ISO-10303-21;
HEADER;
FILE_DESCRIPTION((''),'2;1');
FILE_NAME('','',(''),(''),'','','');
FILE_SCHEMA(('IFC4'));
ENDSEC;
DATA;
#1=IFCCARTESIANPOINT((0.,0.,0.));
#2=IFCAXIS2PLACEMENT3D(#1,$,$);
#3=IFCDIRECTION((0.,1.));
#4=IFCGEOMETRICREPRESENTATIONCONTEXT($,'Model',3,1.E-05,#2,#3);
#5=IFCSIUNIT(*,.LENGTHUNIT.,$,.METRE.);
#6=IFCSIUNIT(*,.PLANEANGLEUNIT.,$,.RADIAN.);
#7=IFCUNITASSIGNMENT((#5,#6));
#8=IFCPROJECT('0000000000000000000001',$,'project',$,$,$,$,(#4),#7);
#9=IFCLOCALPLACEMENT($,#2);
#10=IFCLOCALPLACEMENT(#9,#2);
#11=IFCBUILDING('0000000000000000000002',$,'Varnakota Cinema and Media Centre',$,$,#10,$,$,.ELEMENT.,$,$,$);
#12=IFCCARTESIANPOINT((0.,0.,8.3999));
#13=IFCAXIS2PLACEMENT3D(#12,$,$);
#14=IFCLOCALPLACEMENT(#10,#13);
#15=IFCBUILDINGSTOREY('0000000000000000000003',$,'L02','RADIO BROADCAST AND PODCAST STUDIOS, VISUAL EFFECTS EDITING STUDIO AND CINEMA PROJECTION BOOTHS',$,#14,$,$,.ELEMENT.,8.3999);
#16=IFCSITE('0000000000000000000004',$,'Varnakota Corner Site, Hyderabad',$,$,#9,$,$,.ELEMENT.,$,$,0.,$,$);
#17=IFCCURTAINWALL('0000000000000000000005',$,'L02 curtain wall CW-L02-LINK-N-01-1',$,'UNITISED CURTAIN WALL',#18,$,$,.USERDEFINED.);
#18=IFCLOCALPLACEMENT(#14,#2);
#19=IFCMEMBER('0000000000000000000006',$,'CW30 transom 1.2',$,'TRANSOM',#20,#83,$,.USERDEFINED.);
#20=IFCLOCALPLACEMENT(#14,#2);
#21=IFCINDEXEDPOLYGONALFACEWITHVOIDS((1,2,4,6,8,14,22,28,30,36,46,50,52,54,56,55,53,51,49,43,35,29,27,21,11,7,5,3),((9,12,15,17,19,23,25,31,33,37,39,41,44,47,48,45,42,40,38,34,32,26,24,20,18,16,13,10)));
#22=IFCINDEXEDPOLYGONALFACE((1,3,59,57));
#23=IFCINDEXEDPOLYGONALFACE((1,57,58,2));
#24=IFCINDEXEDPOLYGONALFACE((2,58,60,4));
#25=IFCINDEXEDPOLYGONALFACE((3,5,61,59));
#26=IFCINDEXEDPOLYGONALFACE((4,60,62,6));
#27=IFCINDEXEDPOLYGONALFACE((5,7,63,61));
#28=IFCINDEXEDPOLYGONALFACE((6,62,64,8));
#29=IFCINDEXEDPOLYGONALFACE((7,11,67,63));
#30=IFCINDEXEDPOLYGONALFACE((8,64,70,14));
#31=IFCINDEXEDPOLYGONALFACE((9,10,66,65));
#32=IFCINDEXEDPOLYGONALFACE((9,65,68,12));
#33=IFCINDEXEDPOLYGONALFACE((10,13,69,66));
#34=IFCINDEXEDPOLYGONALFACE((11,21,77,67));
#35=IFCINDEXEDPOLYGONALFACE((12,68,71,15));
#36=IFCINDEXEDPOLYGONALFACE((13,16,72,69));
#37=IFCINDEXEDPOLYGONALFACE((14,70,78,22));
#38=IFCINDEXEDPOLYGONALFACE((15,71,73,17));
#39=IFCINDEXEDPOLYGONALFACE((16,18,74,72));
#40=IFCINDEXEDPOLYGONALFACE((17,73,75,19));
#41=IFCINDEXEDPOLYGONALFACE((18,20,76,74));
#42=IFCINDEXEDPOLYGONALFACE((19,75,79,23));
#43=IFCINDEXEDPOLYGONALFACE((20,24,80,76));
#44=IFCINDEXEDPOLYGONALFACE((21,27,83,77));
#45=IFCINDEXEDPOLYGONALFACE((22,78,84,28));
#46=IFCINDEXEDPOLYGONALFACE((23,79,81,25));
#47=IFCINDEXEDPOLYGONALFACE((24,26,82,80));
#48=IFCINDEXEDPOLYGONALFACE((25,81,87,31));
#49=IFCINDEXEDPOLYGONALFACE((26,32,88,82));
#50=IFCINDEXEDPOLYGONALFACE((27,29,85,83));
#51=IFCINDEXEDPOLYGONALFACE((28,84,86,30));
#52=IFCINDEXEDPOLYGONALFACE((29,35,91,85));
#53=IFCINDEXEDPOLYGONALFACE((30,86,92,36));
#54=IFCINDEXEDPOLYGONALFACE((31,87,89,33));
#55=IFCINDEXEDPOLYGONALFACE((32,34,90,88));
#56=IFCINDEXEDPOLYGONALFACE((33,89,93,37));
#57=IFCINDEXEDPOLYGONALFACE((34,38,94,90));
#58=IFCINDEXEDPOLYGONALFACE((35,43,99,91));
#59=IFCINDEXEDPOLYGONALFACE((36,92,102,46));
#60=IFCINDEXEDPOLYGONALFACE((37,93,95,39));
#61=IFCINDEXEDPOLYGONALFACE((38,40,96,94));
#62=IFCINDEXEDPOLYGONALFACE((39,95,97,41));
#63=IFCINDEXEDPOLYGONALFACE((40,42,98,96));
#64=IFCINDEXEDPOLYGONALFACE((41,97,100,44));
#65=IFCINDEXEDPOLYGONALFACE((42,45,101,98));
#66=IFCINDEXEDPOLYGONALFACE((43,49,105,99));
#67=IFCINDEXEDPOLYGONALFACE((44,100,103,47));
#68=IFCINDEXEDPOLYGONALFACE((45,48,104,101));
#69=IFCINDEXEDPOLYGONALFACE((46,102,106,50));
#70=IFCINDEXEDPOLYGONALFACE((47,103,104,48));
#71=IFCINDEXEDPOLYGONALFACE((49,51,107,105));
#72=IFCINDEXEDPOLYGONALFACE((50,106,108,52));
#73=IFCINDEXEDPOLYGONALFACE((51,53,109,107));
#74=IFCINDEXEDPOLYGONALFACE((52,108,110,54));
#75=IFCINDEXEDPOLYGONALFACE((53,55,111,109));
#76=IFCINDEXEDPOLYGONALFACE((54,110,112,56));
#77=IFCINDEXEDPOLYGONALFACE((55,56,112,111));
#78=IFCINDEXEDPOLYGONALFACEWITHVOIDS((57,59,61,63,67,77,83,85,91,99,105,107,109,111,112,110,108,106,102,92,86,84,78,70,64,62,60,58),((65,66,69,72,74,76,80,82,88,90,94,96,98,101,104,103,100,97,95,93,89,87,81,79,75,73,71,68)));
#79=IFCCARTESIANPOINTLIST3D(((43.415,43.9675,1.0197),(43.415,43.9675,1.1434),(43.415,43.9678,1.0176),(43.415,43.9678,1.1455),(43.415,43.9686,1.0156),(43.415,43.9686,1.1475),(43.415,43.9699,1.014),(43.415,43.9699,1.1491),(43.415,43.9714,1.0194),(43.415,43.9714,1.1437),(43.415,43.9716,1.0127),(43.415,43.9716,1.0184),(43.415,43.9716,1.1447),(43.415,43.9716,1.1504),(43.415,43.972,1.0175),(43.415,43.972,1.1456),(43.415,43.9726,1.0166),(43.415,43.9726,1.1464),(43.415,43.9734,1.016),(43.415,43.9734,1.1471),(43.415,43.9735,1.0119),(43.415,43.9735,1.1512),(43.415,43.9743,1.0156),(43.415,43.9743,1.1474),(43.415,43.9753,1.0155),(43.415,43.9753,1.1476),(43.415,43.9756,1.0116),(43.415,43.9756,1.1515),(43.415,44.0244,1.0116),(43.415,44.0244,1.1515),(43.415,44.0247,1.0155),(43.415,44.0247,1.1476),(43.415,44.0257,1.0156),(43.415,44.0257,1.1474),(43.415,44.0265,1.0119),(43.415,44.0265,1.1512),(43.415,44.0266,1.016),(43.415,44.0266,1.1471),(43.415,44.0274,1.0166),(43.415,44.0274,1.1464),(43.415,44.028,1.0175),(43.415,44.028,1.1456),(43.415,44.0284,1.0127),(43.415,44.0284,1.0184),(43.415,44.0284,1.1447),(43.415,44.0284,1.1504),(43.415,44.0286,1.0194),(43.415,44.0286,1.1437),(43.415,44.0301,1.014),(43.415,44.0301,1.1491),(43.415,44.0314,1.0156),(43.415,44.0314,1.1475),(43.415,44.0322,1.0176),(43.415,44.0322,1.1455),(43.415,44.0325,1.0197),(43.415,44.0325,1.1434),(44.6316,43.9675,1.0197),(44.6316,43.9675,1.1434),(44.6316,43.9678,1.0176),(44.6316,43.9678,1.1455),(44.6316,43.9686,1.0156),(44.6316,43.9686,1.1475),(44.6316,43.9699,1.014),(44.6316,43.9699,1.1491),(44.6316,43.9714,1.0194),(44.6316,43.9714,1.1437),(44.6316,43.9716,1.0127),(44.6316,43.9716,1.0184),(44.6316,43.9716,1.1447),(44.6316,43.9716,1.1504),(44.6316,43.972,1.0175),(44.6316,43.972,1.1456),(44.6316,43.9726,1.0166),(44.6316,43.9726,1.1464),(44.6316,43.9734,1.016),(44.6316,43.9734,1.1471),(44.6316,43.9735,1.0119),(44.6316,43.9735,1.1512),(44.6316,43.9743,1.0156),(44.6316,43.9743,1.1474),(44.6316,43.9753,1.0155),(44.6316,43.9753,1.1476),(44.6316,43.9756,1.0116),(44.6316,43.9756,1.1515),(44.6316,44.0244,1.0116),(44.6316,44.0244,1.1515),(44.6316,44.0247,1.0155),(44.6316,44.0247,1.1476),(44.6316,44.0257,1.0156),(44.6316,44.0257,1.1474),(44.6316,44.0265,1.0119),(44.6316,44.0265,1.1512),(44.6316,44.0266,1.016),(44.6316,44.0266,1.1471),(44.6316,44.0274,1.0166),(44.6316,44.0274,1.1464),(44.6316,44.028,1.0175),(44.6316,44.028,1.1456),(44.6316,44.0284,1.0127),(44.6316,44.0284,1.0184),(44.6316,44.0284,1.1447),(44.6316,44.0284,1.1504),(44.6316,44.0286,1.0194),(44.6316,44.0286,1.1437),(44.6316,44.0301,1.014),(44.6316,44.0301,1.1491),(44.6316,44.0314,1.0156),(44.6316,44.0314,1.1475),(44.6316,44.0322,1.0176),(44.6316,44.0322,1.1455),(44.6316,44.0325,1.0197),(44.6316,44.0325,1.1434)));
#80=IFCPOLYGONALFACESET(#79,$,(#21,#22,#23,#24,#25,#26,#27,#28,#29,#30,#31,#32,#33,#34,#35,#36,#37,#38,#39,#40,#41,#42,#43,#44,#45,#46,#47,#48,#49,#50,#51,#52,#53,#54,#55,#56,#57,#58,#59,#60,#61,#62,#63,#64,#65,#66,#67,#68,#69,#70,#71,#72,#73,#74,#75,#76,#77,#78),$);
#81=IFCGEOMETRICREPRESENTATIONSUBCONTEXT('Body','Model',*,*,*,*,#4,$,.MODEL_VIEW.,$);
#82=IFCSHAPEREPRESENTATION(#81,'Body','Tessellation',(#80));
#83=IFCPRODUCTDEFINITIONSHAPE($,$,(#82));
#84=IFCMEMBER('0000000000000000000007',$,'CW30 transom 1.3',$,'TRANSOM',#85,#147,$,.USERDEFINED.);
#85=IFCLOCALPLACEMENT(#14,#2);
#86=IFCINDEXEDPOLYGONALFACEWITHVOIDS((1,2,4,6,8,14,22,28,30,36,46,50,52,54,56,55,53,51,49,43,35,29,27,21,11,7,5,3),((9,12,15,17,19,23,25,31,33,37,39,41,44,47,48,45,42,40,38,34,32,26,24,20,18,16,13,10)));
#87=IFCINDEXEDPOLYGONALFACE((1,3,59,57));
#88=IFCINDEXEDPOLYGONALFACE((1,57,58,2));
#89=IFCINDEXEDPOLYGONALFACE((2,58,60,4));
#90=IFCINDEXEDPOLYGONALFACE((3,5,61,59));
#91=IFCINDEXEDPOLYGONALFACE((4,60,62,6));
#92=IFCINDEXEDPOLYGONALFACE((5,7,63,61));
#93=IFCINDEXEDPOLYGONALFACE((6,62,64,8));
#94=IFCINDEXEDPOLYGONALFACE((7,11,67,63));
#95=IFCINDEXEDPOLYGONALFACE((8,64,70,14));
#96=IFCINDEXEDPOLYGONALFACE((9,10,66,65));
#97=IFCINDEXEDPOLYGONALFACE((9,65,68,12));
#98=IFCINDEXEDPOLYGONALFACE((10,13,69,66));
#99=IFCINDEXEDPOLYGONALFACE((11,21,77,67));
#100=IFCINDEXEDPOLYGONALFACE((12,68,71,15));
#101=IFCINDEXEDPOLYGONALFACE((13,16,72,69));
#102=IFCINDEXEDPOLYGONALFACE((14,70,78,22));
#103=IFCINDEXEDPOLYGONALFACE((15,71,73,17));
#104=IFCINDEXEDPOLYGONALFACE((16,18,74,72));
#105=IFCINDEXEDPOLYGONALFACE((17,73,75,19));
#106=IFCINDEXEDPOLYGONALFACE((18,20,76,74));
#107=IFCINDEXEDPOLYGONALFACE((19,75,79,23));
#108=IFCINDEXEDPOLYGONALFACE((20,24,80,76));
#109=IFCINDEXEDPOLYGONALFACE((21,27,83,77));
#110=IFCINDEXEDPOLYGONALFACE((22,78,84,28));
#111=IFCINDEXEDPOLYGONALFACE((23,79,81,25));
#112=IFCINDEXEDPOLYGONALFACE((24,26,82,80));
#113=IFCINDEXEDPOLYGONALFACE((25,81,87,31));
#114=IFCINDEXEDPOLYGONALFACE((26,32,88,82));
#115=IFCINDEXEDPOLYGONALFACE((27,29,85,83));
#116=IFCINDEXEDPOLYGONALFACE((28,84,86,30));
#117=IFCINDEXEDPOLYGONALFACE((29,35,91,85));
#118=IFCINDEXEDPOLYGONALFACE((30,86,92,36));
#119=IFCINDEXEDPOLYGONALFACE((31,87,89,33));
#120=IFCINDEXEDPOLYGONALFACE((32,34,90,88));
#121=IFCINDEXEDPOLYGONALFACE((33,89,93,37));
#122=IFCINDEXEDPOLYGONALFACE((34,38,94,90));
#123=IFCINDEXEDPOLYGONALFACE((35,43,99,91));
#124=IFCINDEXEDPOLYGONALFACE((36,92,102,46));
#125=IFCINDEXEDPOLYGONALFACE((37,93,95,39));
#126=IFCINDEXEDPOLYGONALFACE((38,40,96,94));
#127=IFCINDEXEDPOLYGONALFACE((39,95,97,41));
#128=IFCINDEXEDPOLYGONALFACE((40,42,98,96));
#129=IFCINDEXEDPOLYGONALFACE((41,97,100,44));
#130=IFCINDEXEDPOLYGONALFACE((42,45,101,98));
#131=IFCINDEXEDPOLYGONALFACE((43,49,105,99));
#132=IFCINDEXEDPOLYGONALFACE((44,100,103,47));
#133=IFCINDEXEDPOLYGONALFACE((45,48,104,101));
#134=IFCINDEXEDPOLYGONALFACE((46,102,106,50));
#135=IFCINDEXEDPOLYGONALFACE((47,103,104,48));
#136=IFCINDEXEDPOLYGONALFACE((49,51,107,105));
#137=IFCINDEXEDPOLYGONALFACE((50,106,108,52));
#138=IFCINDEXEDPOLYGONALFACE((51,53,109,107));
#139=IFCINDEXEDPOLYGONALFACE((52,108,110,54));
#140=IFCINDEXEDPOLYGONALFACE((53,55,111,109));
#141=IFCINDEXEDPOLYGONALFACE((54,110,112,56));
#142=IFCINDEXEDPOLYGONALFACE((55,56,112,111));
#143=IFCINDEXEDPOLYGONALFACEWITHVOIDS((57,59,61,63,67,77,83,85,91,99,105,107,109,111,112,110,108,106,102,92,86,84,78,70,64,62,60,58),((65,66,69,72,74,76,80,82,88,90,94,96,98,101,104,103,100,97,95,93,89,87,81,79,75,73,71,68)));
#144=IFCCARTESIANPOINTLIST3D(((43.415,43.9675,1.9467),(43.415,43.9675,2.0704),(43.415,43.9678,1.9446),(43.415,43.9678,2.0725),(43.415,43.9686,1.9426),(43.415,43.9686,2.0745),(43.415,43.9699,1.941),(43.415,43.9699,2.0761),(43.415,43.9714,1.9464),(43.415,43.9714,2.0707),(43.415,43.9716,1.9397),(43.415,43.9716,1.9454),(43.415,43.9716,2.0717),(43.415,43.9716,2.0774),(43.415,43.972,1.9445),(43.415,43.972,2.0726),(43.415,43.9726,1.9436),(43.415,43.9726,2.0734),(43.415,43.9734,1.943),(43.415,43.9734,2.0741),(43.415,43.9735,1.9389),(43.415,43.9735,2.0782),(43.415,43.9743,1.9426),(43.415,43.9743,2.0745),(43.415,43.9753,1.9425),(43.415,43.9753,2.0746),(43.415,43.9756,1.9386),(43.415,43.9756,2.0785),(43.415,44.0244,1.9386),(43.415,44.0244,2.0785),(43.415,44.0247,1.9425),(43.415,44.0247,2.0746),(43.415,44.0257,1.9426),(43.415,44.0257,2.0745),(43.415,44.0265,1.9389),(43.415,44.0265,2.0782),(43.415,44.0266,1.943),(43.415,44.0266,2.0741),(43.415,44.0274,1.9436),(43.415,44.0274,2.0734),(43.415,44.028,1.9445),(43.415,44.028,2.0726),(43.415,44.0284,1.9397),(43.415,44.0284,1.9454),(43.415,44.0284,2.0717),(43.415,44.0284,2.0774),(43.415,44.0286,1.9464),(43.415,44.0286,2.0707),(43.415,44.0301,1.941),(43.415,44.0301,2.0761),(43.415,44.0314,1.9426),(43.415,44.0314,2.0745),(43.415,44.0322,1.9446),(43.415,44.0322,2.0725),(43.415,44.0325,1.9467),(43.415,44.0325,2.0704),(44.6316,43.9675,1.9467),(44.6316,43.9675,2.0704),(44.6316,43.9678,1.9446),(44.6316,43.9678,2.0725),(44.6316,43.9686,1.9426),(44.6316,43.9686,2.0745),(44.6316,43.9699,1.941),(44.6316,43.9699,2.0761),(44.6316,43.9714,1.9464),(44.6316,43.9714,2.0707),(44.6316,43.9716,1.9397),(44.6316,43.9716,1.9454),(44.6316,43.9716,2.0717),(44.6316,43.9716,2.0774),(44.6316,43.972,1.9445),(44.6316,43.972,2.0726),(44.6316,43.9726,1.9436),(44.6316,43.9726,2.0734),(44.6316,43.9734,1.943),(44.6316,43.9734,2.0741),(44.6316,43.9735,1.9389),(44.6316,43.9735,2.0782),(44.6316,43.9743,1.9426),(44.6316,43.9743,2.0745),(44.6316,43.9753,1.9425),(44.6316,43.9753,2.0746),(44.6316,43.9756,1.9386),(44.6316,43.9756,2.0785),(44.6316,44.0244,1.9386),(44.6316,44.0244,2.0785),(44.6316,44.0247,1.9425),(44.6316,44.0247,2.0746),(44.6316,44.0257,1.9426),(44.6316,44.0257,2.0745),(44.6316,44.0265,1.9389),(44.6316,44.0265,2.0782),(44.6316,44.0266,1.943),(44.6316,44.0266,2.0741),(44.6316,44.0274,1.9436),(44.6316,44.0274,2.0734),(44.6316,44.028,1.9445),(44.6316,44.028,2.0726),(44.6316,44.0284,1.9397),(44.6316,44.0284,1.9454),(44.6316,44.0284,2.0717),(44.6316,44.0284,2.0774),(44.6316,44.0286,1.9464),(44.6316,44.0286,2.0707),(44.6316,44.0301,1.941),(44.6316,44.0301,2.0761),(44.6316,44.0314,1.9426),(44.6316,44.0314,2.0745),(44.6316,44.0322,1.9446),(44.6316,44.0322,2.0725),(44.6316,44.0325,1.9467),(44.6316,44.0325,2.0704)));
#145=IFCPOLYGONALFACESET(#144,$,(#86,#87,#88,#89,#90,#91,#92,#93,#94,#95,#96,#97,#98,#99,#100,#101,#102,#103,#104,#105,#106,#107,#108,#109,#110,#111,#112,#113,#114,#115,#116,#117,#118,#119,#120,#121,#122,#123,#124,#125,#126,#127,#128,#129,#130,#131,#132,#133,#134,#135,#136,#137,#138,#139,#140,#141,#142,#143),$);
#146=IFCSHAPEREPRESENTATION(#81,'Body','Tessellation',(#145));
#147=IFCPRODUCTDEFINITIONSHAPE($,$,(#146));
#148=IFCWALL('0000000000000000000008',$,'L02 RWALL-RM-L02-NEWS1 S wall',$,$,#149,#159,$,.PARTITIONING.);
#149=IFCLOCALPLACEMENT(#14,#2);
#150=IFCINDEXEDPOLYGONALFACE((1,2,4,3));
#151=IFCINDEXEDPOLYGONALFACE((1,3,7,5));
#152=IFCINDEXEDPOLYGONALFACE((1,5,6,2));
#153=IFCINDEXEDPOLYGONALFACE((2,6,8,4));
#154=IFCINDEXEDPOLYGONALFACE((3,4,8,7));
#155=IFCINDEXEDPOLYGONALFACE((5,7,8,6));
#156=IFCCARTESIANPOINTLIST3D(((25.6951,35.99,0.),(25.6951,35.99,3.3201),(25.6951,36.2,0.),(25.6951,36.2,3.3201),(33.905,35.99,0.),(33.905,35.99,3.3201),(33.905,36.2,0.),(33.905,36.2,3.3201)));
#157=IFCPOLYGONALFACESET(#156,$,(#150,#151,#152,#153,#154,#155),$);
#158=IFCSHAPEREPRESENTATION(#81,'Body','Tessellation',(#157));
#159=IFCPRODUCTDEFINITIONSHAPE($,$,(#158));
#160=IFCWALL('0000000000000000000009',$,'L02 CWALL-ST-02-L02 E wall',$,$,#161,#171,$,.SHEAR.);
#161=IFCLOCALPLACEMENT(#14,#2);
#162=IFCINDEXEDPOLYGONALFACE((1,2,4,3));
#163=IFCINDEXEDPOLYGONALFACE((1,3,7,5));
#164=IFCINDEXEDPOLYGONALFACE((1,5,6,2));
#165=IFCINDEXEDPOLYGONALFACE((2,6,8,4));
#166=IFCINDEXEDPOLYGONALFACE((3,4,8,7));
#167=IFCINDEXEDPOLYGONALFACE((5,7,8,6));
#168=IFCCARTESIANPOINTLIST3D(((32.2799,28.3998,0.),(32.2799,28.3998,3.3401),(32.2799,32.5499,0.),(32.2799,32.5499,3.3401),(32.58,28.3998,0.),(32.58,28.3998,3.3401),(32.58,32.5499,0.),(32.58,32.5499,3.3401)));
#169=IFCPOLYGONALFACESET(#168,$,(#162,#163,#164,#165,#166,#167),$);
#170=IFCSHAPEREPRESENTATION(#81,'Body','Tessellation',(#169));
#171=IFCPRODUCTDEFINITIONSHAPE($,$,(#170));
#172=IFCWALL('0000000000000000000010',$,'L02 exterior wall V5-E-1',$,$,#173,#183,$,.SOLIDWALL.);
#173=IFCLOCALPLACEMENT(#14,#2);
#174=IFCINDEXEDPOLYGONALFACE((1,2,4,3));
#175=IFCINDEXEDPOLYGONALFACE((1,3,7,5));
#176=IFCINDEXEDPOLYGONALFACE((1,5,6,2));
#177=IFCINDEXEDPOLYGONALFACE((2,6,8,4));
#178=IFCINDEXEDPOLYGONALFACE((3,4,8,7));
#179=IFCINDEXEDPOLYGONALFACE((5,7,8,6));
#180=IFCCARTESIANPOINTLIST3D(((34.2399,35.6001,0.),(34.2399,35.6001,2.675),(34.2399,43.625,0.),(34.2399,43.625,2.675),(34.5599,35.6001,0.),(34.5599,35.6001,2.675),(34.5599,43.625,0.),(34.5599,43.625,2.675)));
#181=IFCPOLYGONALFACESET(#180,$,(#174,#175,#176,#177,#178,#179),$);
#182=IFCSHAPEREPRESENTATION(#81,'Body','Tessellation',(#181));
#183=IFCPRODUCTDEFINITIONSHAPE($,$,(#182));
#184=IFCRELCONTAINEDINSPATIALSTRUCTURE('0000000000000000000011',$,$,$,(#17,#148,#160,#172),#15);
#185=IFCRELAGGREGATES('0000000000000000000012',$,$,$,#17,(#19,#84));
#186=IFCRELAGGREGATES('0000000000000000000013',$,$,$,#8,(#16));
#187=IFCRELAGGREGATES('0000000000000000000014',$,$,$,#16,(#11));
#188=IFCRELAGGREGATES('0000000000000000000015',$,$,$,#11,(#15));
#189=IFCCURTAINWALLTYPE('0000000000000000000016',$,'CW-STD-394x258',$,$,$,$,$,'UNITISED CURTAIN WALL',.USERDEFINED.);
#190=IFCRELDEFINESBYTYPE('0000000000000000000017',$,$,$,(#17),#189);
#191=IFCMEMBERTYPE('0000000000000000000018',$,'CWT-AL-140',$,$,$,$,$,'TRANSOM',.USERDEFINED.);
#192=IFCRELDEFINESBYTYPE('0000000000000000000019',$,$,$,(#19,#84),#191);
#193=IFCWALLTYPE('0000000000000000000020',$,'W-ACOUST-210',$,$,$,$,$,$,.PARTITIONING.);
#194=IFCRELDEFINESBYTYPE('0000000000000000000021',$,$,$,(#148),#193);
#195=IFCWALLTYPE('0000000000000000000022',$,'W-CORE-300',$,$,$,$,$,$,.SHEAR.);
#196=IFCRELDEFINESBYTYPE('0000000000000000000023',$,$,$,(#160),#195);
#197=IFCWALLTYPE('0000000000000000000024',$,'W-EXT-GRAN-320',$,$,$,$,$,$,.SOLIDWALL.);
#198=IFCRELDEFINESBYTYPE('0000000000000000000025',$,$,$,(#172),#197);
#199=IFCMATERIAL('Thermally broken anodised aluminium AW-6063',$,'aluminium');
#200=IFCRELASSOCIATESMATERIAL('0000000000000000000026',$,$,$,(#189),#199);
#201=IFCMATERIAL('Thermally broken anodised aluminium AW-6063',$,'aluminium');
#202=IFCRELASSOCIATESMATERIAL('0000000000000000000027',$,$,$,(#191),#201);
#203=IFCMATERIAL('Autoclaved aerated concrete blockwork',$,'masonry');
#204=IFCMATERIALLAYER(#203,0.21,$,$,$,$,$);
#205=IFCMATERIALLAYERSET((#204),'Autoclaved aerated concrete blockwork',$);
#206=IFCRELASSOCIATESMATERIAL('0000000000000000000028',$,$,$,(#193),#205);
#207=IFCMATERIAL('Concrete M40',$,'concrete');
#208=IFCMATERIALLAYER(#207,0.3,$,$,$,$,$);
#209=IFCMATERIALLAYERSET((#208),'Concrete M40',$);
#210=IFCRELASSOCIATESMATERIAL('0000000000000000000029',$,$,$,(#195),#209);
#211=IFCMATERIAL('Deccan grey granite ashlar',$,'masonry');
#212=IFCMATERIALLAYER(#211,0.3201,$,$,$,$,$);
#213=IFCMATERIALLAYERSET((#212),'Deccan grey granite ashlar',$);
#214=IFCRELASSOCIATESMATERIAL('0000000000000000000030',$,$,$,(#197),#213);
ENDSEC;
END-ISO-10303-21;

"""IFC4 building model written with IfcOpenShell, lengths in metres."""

from ifc_helpers import new_model, si_unit, direction, frame, frame_2d, origin, origin_2d, place, context, subcontext, project, spatial, rectangle, hollow_rectangle, extrude, material, layer, layer_set, material_profile, profile_set, type_object, element, aggregate, save


model = new_model("IFC4")

# Units and contexts
model_context = context("Model", 3, precision=1e-05, world=origin(), true_north=direction((0.0, 1.0)))
body_context = subcontext(model_context, "Body", "Model", "MODEL_VIEW")
ifc_project = project(units=[si_unit("LENGTHUNIT", "METRE"), si_unit("PLANEANGLEUNIT", "RADIAN")], contexts=[model_context])

# Site, building, storey
site_placement = place(None, origin())
site = spatial("IfcSite", under=ifc_project, at=site_placement, Name="Varnakota Corner Site, Hyderabad", CompositionType="ELEMENT", RefElevation=0.0)
building_placement = place(site_placement, origin())
building = spatial("IfcBuilding", under=site, at=building_placement, Name="Varnakota Cinema and Media Centre", CompositionType="ELEMENT")
storey_placement = place(building_placement, frame((0.0, 0.0, 8.3999)))
storey = spatial("IfcBuildingStorey", under=building, at=storey_placement, Name="L02", Description="RADIO BROADCAST AND PODCAST STUDIOS, VISUAL EFFECTS EDITING STUDIO AND CINEMA PROJECTION BOOTHS", CompositionType="ELEMENT", Elevation=8.3999)

# Curtain wall, members
ifc_material_1 = material(Name="Thermally broken anodised aluminium AW-6063", Category="aluminium")
curtain_wall_type = type_object("IfcCurtainWallType", Name="CW-STD-394x258", ElementType="UNITISED CURTAIN WALL", PredefinedType="USERDEFINED", material=ifc_material_1)
curtain_wall_placement = place(storey_placement, origin())
curtain_wall = element("IfcCurtainWall", 1, at=curtain_wall_placement, inside=storey, type_object=curtain_wall_type, Name="L02 curtain wall CW-L02-LINK-N-01-1", ObjectType="UNITISED CURTAIN WALL", PredefinedType="USERDEFINED")
ifc_material_2 = material(Name="Thermally broken anodised aluminium AW-6063", Category="aluminium")
ifc_material_profile_1 = material_profile(ifc_material_2, hollow_rectangle(XDim=0.0649, YDim=0.1399, WallThickness=0.0039, InnerFilletRadius=0.0039, OuterFilletRadius=0.0081, at=origin_2d()), Name="AL-TRANSOM 140x65x4")
ifc_profile_set_1 = profile_set([ifc_material_profile_1], Name="Thermally broken anodised aluminium AW-6063")
member_type_1 = type_object("IfcMemberType", Name="CWT-AL-140", ElementType="TRANSOM", PredefinedType="USERDEFINED", material=ifc_profile_set_1)
member_1_placement = place(storey_placement, frame((43.415, 44.0, 1.0815), z_axis=(1.0, 0.0, 0.0), x_axis=(0.0, 1.0, 0.0)))
member_1 = element("IfcMember", 2, at=member_1_placement, type_object=member_type_1, Name="CW30 transom 1.2", ObjectType="TRANSOM", PredefinedType="USERDEFINED", context=body_context, shape_type="SweptSolid", body=[
    extrude(hollow_rectangle(XDim=0.0649, YDim=0.1399, WallThickness=0.0039, InnerFilletRadius=0.0039, OuterFilletRadius=0.0081, at=origin_2d()), origin(), (0.0, 0.0, 1.0), 1.2166),
])
member_2_placement = place(storey_placement, frame((43.415, 44.0, 2.0085), z_axis=(1.0, 0.0, 0.0), x_axis=(0.0, 1.0, 0.0)))
member_2 = element("IfcMember", 3, at=member_2_placement, type_object=member_type_1, Name="CW30 transom 1.3", ObjectType="TRANSOM", PredefinedType="USERDEFINED", context=body_context, shape_type="SweptSolid", body=[
    extrude(hollow_rectangle(XDim=0.0649, YDim=0.1399, WallThickness=0.0039, InnerFilletRadius=0.0039, OuterFilletRadius=0.0081, at=origin_2d()), origin(), (0.0, 0.0, 1.0), 1.2166),
])
aggregate(curtain_wall, [member_1, member_2])

# Walls
ifc_material_3 = material(Name="Autoclaved aerated concrete blockwork", Category="masonry")
ifc_layer_1 = layer(ifc_material_3, 0.21)
ifc_layer_set_1 = layer_set([ifc_layer_1], Name="Autoclaved aerated concrete blockwork")
wall_type_1 = type_object("IfcWallType", Name="W-ACOUST-210", PredefinedType="PARTITIONING", material=ifc_layer_set_1)
wall_1_placement = place(storey_placement, frame((33.905, 36.095, 0.0), z_axis=(0.0, 0.0, 1.0), x_axis=(-1.0, 0.0, 0.0)))
element("IfcWall", 4, at=wall_1_placement, inside=storey, type_object=wall_type_1, Name="L02 RWALL-RM-L02-NEWS1 S wall", PredefinedType="PARTITIONING", context=body_context, shape_type="SweptSolid", body=[
    extrude(rectangle(XDim=8.21, YDim=0.21, at=frame_2d((4.105, 0.0))), origin(), (0.0, 0.0, 1.0), 3.3201),
])
ifc_material_4 = material(Name="Concrete M40", Category="concrete")
ifc_layer_2 = layer(ifc_material_4, 0.3)
ifc_layer_set_2 = layer_set([ifc_layer_2], Name="Concrete M40")
wall_type_2 = type_object("IfcWallType", Name="W-CORE-300", PredefinedType="SHEAR", material=ifc_layer_set_2)
wall_2_placement = place(storey_placement, frame((32.4299, 32.55, 0.0), z_axis=(0.0, 0.0, 1.0), x_axis=(0.0, -1.0, 0.0)))
element("IfcWall", 5, at=wall_2_placement, inside=storey, type_object=wall_type_2, Name="L02 CWALL-ST-02-L02 E wall", PredefinedType="SHEAR", context=body_context, shape_type="SweptSolid", body=[
    extrude(rectangle(XDim=4.1501, YDim=0.3, at=frame_2d((2.0752, 0.0))), origin(), (0.0, 0.0, 1.0), 3.3401),
])
ifc_material_5 = material(Name="Deccan grey granite ashlar", Category="masonry")
ifc_layer_3 = layer(ifc_material_5, 0.3201)
ifc_layer_set_3 = layer_set([ifc_layer_3], Name="Deccan grey granite ashlar")
wall_type_3 = type_object("IfcWallType", Name="W-EXT-GRAN-320", PredefinedType="SOLIDWALL", material=ifc_layer_set_3)
wall_3_placement = place(storey_placement, frame((34.3999, 35.6001, 0.0), z_axis=(0.0, 0.0, 1.0), x_axis=(0.0, 1.0, 0.0)))
element("IfcWall", 6, at=wall_3_placement, inside=storey, type_object=wall_type_3, Name="L02 exterior wall V5-E-1", PredefinedType="SOLIDWALL", context=body_context, shape_type="SweptSolid", body=[
    extrude(rectangle(XDim=8.0249, YDim=0.3201, at=frame_2d((4.0125, 0.0))), origin(), (0.0, 0.0, 1.0), 2.675),
])

save(model, "model.ifc")
